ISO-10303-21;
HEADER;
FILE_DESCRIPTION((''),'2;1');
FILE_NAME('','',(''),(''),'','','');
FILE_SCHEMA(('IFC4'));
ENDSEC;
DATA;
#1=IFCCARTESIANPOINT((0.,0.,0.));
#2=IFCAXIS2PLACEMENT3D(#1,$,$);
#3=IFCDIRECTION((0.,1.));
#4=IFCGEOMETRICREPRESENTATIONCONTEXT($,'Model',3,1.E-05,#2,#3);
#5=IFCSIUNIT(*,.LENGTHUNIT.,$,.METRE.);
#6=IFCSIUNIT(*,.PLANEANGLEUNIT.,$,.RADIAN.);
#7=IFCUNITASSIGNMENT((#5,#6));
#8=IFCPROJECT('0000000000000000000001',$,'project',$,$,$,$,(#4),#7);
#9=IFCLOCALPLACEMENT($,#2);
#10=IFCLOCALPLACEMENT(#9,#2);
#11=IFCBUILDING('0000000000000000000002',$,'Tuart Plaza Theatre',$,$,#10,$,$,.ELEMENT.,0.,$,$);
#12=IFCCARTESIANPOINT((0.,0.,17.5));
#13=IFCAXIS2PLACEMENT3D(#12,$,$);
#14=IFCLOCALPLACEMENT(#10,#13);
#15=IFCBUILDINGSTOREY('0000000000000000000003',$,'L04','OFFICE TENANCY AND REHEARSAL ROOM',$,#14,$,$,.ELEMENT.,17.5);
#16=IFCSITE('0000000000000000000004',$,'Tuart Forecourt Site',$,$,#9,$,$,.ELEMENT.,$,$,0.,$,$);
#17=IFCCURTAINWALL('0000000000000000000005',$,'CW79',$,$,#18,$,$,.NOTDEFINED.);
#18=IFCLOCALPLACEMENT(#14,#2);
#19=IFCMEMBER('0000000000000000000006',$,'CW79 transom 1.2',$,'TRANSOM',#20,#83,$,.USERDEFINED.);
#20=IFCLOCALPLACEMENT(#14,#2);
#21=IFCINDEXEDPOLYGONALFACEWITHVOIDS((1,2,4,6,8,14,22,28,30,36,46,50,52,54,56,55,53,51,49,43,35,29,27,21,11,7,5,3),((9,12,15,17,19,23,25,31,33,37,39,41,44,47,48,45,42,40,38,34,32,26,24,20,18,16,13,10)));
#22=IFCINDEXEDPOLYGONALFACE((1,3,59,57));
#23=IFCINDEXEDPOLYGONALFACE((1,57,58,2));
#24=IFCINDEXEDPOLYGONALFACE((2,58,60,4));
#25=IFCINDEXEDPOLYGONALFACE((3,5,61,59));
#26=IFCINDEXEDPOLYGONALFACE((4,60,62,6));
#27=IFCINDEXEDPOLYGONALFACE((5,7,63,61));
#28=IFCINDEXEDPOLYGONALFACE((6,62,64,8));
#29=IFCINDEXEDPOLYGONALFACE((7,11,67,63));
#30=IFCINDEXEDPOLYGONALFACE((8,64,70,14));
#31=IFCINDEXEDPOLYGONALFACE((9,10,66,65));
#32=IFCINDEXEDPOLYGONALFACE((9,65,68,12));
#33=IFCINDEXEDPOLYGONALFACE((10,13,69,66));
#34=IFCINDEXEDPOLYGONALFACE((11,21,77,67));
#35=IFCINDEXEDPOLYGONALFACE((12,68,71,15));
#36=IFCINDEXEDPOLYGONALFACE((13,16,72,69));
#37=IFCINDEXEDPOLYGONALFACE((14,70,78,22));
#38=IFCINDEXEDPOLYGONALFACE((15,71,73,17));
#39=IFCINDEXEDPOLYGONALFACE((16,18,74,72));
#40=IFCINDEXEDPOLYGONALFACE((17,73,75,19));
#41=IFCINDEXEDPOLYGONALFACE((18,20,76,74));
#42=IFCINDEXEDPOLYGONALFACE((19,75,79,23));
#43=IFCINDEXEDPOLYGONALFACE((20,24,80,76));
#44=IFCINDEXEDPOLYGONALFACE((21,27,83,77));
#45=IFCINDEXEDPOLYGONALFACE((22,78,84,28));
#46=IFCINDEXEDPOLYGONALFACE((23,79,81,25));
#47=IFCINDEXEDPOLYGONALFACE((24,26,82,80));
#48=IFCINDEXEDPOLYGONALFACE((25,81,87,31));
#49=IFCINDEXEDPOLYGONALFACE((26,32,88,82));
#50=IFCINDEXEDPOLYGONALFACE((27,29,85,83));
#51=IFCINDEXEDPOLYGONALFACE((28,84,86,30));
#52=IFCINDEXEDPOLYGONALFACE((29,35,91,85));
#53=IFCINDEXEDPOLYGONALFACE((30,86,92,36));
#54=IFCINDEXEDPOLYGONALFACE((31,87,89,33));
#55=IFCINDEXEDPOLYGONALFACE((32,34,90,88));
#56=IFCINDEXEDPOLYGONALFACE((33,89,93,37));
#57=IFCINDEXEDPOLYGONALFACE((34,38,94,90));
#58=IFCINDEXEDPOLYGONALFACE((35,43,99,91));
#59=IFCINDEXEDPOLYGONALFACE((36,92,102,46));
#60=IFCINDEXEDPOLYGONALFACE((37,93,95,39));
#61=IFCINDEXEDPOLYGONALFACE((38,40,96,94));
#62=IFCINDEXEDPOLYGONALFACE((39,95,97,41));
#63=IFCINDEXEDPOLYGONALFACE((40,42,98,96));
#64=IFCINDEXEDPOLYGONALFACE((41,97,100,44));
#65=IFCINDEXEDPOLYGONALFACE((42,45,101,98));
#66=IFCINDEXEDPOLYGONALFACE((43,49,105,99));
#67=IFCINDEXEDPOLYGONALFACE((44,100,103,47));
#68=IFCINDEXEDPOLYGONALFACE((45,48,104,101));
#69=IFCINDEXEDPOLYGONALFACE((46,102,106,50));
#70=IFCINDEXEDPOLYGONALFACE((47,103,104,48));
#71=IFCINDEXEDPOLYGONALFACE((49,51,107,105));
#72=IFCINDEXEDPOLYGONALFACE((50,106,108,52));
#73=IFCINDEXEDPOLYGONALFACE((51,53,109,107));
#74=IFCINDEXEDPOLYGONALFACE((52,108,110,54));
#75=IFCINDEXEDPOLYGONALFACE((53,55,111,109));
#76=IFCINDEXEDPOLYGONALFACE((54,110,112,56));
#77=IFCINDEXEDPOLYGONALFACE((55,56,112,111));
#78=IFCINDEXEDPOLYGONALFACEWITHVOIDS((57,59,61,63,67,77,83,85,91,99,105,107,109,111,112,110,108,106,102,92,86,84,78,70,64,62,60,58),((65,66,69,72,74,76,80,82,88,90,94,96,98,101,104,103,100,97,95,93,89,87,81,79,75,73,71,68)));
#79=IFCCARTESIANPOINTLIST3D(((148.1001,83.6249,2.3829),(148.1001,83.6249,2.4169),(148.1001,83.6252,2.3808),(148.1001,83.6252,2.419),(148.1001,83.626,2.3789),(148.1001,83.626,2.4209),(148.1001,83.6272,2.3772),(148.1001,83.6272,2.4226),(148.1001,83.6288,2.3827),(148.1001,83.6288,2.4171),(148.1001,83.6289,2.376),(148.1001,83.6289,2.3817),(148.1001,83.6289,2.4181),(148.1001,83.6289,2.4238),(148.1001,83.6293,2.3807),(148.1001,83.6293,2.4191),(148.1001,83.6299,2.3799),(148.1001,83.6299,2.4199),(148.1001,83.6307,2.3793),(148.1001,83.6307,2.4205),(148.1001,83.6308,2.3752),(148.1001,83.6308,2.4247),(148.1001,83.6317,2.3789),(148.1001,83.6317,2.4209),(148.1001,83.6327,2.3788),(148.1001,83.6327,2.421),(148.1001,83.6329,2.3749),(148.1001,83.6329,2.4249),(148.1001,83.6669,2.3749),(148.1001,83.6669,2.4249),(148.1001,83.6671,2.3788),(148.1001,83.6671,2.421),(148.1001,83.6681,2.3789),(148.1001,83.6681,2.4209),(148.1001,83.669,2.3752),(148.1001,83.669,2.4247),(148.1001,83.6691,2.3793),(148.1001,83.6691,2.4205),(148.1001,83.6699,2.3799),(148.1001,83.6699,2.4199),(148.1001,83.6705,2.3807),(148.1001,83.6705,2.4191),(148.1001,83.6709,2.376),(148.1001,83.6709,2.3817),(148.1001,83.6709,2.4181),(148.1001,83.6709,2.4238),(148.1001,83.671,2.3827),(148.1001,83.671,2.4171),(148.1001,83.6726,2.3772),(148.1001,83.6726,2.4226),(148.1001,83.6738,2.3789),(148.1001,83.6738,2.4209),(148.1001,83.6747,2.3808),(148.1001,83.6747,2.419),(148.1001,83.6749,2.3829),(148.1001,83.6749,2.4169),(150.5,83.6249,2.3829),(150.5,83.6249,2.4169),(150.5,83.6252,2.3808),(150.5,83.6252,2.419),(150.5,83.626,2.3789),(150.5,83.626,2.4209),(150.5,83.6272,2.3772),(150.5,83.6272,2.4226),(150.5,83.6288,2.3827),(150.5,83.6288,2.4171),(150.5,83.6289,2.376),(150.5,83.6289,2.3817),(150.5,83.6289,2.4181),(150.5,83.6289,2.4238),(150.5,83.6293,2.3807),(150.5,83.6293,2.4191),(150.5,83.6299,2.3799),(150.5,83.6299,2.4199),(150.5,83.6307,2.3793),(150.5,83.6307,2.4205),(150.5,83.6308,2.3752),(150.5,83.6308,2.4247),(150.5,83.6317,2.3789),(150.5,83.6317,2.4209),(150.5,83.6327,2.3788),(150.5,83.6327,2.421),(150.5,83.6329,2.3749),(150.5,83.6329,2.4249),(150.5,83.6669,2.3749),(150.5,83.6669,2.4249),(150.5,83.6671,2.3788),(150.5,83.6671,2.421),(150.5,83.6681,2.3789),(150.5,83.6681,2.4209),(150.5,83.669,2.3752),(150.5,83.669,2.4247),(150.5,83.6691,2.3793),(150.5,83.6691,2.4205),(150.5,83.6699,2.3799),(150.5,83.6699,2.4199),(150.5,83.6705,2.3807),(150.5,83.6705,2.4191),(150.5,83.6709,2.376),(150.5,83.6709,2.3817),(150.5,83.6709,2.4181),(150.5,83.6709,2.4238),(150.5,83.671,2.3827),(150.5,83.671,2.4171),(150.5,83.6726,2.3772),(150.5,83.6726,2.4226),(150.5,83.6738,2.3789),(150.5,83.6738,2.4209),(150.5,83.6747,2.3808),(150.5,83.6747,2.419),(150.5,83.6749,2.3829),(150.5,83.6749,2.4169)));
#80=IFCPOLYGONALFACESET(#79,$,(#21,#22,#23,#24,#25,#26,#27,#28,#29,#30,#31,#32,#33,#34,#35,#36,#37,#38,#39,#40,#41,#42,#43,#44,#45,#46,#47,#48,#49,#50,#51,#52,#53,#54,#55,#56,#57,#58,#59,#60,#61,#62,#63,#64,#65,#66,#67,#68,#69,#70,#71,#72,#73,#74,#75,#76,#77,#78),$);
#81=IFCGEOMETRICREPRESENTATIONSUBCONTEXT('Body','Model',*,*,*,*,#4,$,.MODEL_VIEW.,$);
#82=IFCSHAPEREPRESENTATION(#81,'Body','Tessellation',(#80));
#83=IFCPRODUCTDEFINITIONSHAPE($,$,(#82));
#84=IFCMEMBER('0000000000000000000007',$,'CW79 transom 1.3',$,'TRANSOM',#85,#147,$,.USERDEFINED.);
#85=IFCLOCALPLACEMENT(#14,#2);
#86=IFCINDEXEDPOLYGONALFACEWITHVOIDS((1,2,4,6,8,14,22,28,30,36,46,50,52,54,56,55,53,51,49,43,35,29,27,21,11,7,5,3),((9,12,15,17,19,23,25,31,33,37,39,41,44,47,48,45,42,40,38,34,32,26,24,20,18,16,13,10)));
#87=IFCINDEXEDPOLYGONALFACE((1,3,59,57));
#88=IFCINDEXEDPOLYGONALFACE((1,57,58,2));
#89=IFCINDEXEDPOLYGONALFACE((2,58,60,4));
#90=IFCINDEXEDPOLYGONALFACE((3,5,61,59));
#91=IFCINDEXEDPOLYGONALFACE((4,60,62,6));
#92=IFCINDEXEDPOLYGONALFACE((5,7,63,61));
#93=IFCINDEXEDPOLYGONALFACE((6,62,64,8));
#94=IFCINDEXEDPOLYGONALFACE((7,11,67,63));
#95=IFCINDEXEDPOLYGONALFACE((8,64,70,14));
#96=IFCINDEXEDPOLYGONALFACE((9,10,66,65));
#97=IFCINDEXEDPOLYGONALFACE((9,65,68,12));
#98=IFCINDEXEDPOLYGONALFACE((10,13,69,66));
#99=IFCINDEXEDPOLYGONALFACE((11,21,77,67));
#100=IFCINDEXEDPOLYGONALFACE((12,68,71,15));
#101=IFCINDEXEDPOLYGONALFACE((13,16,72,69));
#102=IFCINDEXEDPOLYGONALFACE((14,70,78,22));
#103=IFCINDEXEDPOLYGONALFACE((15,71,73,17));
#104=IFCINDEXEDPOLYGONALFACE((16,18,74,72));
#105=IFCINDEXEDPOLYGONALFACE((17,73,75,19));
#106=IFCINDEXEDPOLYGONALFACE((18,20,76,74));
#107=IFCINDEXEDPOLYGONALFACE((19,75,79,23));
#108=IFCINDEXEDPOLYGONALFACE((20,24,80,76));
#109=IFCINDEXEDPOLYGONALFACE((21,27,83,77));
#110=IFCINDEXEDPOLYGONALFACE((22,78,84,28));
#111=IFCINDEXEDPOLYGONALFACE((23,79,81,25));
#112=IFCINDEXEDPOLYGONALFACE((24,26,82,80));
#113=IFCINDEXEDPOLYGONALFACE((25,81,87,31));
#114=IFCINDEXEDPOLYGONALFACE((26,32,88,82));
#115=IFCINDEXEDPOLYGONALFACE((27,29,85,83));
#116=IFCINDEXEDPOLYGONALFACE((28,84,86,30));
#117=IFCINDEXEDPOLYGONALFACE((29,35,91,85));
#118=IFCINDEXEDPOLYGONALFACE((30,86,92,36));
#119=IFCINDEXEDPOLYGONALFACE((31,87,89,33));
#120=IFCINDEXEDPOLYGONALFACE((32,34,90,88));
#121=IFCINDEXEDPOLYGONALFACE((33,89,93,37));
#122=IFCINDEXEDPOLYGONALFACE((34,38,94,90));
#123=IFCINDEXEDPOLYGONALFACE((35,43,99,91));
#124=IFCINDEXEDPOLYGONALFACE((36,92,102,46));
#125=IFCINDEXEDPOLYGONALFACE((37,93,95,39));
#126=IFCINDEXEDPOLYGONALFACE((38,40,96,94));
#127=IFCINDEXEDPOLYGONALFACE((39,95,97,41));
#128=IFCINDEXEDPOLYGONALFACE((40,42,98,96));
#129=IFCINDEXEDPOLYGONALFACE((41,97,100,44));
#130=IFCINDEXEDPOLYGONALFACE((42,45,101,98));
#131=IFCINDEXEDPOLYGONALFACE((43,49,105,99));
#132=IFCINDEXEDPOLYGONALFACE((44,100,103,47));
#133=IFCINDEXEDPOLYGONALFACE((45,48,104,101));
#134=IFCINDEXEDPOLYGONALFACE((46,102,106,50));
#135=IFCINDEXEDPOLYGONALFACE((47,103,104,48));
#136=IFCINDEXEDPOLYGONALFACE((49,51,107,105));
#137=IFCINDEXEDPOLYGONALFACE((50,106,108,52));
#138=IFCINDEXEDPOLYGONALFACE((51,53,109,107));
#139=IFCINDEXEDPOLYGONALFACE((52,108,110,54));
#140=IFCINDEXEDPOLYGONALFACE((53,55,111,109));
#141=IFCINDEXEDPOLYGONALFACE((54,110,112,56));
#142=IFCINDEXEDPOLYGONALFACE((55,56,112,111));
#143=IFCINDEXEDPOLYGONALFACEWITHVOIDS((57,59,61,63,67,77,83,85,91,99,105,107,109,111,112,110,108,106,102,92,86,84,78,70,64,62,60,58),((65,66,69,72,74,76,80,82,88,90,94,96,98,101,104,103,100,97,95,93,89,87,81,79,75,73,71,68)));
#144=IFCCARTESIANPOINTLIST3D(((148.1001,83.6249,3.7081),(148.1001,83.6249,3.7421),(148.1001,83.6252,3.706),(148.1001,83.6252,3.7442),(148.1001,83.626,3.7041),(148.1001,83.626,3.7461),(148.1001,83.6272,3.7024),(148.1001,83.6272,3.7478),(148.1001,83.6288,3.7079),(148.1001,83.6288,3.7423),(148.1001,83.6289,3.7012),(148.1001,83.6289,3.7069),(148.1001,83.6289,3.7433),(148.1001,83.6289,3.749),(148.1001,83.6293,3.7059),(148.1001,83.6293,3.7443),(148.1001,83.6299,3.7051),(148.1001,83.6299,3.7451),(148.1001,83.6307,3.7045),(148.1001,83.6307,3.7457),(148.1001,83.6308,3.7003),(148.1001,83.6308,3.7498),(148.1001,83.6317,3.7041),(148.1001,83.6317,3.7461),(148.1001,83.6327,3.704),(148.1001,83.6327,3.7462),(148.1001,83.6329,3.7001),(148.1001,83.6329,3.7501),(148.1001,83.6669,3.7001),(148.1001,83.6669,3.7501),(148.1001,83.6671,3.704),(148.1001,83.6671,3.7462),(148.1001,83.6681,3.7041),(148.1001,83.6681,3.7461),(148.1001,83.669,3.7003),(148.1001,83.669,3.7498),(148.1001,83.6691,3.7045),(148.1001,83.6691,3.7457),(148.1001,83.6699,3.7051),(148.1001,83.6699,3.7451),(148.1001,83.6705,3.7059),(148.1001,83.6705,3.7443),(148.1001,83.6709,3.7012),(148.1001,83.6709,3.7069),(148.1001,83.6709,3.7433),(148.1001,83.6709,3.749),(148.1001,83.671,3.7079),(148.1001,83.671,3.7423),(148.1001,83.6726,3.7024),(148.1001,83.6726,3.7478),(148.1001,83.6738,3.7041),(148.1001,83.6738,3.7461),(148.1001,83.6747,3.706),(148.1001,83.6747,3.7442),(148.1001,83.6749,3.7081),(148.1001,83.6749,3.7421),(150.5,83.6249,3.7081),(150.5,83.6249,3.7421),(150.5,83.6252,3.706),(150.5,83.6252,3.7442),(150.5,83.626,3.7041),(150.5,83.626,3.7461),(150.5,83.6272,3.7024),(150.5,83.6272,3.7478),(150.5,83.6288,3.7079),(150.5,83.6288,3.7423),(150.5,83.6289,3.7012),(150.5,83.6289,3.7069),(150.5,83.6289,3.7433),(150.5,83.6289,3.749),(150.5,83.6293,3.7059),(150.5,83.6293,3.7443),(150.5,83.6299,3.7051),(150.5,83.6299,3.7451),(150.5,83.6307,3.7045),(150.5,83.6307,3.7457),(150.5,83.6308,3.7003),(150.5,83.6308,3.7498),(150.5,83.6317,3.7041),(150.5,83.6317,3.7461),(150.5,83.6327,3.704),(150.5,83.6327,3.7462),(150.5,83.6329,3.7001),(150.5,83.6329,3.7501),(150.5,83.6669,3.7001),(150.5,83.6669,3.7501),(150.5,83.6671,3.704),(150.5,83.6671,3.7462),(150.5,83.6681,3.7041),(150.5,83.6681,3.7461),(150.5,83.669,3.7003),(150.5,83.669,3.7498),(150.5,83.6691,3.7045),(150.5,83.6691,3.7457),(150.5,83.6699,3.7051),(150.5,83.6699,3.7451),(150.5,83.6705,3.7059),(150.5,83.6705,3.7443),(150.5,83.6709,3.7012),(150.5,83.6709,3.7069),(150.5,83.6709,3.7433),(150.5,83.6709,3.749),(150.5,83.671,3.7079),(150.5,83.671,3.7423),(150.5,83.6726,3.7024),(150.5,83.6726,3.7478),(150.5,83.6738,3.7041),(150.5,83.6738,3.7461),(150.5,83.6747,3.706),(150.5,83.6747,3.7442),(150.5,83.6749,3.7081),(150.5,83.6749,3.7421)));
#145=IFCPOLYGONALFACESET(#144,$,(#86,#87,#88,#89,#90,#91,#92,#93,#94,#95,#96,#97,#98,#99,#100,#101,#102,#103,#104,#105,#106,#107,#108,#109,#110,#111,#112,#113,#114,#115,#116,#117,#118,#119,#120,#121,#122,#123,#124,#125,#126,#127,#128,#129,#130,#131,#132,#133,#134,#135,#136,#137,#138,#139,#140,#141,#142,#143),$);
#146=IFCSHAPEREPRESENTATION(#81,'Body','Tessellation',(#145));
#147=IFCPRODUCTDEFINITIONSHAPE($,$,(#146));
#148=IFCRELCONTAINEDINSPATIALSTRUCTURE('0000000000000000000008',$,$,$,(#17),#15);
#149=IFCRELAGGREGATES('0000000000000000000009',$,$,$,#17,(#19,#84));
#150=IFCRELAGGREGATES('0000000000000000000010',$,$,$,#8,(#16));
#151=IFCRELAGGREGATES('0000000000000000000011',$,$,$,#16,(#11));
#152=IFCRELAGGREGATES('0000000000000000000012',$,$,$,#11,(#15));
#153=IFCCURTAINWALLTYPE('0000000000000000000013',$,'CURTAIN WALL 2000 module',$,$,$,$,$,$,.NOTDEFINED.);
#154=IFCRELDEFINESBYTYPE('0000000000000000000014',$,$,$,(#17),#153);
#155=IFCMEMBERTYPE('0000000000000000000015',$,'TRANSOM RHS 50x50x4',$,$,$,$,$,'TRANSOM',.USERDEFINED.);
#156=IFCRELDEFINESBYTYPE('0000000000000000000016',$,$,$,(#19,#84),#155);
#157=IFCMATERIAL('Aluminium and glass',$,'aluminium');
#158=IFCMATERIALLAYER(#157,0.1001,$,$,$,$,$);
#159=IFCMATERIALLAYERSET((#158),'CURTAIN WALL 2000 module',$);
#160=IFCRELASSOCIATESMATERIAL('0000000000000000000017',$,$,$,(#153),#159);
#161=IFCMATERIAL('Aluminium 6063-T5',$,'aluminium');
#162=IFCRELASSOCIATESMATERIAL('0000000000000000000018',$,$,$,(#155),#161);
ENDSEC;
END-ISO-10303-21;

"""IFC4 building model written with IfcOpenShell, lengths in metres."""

from ifc_helpers import new_model, si_unit, direction, frame, origin, origin_2d, place, context, subcontext, project, spatial, hollow_rectangle, extrude, material, layer, layer_set, material_profile, profile_set, type_object, element, aggregate, save


model = new_model("IFC4")

# Units and contexts
model_context = context("Model", 3, precision=1e-05, world=origin(), true_north=direction((0.0, 1.0)))
body_context = subcontext(model_context, "Body", "Model", "MODEL_VIEW")
ifc_project = project(units=[si_unit("LENGTHUNIT", "METRE"), si_unit("PLANEANGLEUNIT", "RADIAN")], contexts=[model_context])

# Site, building, storey
site_placement = place(None, origin())
site = spatial("IfcSite", under=ifc_project, at=site_placement, Name="Tuart Forecourt Site", CompositionType="ELEMENT", RefElevation=0.0)
building_placement = place(site_placement, origin())
building = spatial("IfcBuilding", under=site, at=building_placement, Name="Tuart Plaza Theatre", CompositionType="ELEMENT", ElevationOfRefHeight=0.0)
storey_placement = place(building_placement, frame((0.0, 0.0, 17.5)))
storey = spatial("IfcBuildingStorey", under=building, at=storey_placement, Name="L04", Description="OFFICE TENANCY AND REHEARSAL ROOM", CompositionType="ELEMENT", Elevation=17.5)

# Shared definitions
ifc_material_1 = material(Name="Aluminium and glass", Category="aluminium")
ifc_layer_1 = layer(ifc_material_1, 0.1001)
ifc_layer_set_1 = layer_set([ifc_layer_1], Name="CURTAIN WALL 2000 module")
curtain_wall_type = type_object("IfcCurtainWallType", Name="CURTAIN WALL 2000 module", PredefinedType="NOTDEFINED", material=ifc_layer_set_1)

# Curtain wall, members
curtain_wall_1_placement = place(storey_placement, origin())
curtain_wall_1 = element("IfcCurtainWall", 1, at=curtain_wall_1_placement, inside=storey, type_object=curtain_wall_type, Name="CW79", PredefinedType="NOTDEFINED")
ifc_material_2 = material(Name="Aluminium 6063-T5", Category="aluminium")
ifc_material_profile_1 = material_profile(ifc_material_2, hollow_rectangle(XDim=0.05, YDim=0.05, WallThickness=0.0039, InnerFilletRadius=0.0039, OuterFilletRadius=0.0081, at=origin_2d()), Name="RHS 50x50x4")
ifc_profile_set_1 = profile_set([ifc_material_profile_1], Name="Aluminium 6063-T5")
member_type_1 = type_object("IfcMemberType", Name="TRANSOM RHS 50x50x4", ElementType="TRANSOM", PredefinedType="USERDEFINED", material=ifc_profile_set_1)
member_1_placement = place(storey_placement, frame((150.5, 83.6499, 2.3999), z_axis=(-1.0, 0.0, 0.0), x_axis=(0.0, -1.0, 0.0)))
member_1 = element("IfcMember", 2, at=member_1_placement, type_object=member_type_1, Name="CW79 transom 1.2", ObjectType="TRANSOM", PredefinedType="USERDEFINED", context=body_context, shape_type="SweptSolid", body=[
    extrude(hollow_rectangle(XDim=0.05, YDim=0.05, WallThickness=0.0039, InnerFilletRadius=0.0039, OuterFilletRadius=0.0081, at=origin_2d()), origin(), (0.0, 0.0, 1.0), 2.3999),
])
member_2_placement = place(storey_placement, frame((150.5, 83.6499, 3.7251), z_axis=(-1.0, 0.0, 0.0), x_axis=(0.0, -1.0, 0.0)))
member_2 = element("IfcMember", 3, at=member_2_placement, type_object=member_type_1, Name="CW79 transom 1.3", ObjectType="TRANSOM", PredefinedType="USERDEFINED", context=body_context, shape_type="SweptSolid", body=[
    extrude(hollow_rectangle(XDim=0.05, YDim=0.05, WallThickness=0.0039, InnerFilletRadius=0.0039, OuterFilletRadius=0.0081, at=origin_2d()), origin(), (0.0, 0.0, 1.0), 2.3999),
])

aggregate(curtain_wall_1, [member_1, member_2])

save(model, "model.ifc")
